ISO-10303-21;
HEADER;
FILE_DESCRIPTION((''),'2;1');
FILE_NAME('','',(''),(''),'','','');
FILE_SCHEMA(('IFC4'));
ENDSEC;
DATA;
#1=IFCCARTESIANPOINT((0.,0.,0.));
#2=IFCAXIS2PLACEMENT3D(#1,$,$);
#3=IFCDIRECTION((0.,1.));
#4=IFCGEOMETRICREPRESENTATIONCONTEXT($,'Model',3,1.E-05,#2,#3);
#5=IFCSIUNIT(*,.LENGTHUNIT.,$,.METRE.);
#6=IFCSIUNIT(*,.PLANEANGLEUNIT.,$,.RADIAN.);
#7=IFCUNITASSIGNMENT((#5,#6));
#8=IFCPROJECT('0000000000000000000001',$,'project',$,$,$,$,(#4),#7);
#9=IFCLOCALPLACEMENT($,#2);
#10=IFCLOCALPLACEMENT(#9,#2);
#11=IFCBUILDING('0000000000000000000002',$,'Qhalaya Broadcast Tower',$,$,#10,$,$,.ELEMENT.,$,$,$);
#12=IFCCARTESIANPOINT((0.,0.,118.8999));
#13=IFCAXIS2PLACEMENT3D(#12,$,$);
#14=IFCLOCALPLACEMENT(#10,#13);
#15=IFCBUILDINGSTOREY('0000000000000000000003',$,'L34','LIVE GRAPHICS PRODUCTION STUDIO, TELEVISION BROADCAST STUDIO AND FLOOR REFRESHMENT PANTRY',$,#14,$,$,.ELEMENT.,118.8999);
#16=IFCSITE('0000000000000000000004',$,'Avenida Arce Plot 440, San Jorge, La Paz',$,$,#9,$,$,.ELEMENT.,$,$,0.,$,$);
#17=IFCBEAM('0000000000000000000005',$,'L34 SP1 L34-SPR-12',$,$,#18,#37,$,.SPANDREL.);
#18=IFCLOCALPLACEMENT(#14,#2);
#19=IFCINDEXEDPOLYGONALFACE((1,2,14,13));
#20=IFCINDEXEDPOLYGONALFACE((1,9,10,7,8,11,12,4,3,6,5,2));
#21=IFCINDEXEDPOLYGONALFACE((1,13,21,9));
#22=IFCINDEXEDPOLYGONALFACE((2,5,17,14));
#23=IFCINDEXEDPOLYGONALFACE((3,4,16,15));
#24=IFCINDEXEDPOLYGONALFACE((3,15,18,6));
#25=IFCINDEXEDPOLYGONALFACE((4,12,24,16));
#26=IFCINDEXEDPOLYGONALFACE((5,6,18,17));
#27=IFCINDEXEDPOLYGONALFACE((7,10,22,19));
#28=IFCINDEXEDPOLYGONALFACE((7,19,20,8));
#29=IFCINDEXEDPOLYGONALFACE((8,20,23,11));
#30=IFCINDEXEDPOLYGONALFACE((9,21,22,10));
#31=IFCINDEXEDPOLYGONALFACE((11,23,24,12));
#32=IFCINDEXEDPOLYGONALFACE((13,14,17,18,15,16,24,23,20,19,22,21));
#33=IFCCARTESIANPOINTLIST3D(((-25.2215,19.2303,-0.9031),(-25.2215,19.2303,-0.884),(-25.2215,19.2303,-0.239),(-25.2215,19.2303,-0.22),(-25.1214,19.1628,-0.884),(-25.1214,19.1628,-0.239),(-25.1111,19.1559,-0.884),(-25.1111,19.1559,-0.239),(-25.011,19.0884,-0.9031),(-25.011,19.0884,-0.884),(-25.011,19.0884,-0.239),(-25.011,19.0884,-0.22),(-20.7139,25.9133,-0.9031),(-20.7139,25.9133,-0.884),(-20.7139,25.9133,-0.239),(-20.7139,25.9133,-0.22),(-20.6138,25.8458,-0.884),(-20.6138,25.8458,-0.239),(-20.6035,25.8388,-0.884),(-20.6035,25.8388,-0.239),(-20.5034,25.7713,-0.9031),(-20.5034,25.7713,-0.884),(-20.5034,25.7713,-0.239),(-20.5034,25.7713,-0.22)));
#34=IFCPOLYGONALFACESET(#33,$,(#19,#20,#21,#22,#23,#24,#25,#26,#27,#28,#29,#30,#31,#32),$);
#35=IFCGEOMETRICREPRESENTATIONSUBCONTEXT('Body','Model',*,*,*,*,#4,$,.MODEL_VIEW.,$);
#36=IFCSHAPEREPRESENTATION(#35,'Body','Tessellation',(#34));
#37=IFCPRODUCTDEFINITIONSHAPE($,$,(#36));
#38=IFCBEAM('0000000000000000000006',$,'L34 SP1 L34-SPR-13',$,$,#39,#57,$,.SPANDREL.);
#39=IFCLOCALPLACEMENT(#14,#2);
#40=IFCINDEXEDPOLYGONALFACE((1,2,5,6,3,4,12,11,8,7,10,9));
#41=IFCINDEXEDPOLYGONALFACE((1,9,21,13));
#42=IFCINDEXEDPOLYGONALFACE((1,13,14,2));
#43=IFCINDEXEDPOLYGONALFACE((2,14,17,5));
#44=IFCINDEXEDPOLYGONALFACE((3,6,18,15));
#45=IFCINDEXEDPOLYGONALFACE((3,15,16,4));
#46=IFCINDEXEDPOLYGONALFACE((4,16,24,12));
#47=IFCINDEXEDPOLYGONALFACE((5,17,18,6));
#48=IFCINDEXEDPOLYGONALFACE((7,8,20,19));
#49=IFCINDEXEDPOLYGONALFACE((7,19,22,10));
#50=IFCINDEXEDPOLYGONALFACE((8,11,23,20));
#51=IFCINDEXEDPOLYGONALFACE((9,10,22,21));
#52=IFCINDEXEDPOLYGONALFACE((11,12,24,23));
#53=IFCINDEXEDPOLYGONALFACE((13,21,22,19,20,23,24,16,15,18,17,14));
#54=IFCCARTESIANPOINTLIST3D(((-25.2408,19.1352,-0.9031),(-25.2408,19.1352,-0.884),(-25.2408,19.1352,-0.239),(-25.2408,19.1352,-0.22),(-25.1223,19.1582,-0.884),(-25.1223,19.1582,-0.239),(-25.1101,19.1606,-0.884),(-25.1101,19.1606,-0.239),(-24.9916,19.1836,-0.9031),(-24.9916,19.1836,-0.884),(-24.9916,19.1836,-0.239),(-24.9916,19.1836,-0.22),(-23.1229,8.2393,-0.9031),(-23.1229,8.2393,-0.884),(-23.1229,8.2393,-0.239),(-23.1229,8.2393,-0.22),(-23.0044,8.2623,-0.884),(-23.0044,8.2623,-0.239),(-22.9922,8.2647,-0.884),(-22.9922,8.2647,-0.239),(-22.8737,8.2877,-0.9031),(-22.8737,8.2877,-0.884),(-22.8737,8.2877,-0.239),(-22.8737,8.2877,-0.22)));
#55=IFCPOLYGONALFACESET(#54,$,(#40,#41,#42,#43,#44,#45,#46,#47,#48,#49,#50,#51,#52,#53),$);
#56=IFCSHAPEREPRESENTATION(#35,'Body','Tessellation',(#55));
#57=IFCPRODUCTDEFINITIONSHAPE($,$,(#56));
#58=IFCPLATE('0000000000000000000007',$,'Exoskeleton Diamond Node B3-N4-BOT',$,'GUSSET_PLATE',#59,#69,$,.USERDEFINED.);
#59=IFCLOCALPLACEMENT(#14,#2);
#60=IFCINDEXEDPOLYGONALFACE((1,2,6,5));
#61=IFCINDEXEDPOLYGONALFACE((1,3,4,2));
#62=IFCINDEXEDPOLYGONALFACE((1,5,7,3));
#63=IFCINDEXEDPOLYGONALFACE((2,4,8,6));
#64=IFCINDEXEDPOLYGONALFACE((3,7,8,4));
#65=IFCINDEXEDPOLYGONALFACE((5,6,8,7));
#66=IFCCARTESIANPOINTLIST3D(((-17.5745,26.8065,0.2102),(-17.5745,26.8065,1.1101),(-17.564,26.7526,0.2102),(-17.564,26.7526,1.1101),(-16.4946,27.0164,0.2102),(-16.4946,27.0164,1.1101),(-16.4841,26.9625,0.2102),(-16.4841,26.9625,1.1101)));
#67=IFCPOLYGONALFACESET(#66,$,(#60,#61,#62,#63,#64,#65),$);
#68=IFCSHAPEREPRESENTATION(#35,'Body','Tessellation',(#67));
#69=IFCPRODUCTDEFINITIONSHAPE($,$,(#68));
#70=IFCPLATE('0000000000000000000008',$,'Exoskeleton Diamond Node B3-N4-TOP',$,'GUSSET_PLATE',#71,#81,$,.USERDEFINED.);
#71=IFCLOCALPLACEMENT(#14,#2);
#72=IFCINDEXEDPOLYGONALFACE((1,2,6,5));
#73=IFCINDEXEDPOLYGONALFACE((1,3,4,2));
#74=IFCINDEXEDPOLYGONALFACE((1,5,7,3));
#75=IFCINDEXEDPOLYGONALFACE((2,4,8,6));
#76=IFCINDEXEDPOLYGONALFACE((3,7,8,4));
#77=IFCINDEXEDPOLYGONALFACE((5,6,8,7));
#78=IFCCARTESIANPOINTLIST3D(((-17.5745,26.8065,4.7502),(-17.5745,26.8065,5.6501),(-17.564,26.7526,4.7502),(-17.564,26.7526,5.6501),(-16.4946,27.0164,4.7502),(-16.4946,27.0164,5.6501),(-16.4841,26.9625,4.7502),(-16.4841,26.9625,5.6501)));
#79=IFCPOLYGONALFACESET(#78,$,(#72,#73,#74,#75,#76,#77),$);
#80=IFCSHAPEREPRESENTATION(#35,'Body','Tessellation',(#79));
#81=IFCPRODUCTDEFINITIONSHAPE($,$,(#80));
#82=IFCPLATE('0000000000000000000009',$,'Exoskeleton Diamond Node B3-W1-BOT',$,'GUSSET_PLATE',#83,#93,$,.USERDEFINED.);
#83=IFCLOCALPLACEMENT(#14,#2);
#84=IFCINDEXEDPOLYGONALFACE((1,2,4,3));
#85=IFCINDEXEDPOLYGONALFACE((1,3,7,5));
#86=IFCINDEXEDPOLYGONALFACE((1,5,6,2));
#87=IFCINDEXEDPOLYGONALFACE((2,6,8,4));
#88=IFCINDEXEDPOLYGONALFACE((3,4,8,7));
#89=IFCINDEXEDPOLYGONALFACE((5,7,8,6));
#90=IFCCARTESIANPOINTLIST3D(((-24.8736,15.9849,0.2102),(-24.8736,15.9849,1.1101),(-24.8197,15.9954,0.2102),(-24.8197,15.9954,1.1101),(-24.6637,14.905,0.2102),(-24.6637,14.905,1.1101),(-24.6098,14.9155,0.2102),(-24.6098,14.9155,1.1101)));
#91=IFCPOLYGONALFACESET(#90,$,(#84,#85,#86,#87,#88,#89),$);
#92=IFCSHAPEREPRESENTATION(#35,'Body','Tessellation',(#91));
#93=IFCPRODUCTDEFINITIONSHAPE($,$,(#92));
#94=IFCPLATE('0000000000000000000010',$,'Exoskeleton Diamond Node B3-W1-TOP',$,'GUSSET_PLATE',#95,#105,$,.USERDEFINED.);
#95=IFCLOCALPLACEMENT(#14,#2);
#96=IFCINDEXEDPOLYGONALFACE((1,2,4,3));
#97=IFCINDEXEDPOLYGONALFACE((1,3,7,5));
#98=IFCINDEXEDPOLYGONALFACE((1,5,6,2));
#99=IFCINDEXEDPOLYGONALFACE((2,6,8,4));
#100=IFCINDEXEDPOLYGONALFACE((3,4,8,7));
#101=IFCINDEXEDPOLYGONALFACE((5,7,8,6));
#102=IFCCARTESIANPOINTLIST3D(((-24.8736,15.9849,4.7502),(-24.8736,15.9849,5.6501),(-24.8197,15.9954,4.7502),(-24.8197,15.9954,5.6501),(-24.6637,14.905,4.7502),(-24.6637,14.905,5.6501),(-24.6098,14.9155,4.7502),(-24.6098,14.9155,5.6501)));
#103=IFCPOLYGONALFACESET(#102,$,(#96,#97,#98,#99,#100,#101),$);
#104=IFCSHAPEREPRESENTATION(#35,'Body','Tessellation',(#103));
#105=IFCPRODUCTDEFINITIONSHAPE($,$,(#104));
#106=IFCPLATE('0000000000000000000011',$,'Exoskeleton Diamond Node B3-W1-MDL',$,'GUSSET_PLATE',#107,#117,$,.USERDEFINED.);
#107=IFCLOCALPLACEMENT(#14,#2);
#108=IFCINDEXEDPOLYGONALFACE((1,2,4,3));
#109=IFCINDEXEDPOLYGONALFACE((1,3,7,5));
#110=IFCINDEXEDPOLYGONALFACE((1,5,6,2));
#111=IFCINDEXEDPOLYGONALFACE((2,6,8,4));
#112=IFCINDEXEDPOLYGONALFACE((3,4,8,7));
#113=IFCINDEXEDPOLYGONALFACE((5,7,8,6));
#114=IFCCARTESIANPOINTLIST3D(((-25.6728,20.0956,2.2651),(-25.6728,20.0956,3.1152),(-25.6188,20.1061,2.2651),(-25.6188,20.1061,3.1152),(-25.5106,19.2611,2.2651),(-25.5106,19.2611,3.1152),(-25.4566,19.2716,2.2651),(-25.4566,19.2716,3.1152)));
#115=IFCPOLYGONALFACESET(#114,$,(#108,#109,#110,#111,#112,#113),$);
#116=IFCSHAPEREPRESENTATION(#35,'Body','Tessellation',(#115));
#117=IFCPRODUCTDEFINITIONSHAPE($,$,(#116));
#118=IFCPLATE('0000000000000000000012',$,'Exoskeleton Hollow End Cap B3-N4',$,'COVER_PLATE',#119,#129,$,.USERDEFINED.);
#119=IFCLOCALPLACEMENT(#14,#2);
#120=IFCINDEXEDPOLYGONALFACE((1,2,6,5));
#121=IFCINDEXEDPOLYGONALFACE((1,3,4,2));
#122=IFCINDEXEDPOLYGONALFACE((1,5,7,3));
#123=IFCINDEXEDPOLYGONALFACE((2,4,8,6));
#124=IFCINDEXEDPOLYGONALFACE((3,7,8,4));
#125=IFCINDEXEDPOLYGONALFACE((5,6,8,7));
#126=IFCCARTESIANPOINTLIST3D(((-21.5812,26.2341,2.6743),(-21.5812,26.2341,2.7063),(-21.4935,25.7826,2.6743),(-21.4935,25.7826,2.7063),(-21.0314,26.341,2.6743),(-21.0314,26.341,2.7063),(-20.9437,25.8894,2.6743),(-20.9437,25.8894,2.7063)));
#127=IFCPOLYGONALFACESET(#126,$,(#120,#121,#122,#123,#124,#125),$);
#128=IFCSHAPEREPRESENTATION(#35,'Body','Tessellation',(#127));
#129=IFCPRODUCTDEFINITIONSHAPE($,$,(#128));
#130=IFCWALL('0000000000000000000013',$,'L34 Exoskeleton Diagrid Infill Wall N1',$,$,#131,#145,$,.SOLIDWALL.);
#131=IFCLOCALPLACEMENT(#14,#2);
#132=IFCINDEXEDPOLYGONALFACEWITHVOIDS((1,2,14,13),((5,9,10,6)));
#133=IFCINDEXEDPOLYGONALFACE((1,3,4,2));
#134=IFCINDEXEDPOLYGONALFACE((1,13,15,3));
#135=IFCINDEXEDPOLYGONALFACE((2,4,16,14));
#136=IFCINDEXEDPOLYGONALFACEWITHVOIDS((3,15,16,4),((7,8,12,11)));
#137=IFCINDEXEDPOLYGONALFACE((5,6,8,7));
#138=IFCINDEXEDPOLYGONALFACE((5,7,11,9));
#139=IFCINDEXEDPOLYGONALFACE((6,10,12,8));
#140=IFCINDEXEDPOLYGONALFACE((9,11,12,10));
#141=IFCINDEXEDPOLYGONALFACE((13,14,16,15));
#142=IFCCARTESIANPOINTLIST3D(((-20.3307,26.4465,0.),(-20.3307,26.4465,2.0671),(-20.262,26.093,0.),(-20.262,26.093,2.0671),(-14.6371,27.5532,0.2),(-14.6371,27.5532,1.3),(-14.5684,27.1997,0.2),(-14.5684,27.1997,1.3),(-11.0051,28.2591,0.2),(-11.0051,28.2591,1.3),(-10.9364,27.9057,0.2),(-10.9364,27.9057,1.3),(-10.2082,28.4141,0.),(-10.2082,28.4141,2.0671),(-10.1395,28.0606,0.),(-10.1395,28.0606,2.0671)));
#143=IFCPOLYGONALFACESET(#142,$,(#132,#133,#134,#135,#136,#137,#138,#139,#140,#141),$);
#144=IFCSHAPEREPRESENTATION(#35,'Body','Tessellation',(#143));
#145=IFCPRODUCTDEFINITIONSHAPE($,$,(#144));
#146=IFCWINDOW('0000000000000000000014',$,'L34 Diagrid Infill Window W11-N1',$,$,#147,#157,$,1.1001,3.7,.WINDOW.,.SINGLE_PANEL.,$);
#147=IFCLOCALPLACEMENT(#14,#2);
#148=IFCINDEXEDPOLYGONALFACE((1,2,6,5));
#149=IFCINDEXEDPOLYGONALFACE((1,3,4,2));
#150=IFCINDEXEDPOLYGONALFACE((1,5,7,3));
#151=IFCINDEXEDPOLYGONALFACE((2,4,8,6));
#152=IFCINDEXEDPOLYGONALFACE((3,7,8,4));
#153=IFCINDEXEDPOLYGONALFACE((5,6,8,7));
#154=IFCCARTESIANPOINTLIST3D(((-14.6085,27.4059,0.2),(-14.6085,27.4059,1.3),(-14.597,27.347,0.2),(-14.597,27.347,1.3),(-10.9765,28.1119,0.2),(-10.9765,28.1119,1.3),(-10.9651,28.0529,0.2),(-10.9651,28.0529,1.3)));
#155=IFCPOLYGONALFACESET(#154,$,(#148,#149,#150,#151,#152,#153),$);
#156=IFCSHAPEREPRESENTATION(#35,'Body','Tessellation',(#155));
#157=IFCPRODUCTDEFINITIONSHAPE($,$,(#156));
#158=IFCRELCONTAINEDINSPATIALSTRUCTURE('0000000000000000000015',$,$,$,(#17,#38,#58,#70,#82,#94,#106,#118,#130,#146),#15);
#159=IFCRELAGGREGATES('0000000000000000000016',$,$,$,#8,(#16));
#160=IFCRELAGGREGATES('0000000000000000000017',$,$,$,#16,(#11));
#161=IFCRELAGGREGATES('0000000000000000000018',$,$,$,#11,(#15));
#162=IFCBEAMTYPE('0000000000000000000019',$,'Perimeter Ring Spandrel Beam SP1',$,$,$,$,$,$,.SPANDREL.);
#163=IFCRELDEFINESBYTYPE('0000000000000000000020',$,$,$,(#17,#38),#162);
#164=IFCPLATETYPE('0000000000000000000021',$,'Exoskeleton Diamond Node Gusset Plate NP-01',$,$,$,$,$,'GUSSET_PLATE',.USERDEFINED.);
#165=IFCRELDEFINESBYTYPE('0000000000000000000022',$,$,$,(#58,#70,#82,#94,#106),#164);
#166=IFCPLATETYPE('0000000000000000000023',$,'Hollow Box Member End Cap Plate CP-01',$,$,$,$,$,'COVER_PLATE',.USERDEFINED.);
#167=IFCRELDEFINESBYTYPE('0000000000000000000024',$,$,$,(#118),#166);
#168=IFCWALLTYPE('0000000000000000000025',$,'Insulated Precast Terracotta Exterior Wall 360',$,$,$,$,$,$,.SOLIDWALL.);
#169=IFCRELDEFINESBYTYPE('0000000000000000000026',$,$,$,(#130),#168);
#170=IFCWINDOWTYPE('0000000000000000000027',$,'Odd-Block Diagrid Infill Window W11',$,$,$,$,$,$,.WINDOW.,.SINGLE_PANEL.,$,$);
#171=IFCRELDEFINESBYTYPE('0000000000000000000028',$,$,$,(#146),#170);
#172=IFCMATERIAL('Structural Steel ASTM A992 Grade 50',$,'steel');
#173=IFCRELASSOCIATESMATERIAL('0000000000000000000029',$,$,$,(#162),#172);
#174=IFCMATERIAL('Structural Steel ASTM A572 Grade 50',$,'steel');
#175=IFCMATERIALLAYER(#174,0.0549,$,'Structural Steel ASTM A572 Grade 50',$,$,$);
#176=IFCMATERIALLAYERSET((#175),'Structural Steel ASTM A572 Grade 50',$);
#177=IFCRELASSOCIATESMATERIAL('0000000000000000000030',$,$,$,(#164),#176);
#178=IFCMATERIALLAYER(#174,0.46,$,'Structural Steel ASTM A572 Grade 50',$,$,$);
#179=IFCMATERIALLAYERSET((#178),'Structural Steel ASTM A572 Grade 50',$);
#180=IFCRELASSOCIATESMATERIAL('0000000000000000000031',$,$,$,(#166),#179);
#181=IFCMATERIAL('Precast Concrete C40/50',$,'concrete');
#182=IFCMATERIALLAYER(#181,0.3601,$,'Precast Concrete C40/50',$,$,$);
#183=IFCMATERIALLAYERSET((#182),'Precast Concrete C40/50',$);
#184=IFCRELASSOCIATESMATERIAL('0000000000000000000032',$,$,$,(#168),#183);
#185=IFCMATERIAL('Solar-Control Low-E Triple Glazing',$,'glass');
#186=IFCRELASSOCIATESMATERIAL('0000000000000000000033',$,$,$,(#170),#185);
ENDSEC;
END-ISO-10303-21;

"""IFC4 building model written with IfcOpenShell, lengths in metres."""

from ifc_helpers import new_model, si_unit, direction, frame, frame_2d, origin, origin_2d, place, context, subcontext, project, spatial, rectangle, i_section, extrude, material, layer, layer_set, material_profile, profile_set, type_object, element, fill, save


model = new_model("IFC4")

# Units and contexts
model_context = context("Model", 3, precision=1e-05, world=origin(), true_north=direction((0.0, 1.0)))
body_context = subcontext(model_context, "Body", "Model", "MODEL_VIEW")
ifc_project = project(units=[si_unit("LENGTHUNIT", "METRE"), si_unit("PLANEANGLEUNIT", "RADIAN")], contexts=[model_context])

# Site, building, storey
site_placement = place(None, origin())
site = spatial("IfcSite", under=ifc_project, at=site_placement, Name="Avenida Arce Plot 440, San Jorge, La Paz", CompositionType="ELEMENT", RefElevation=0.0)
building_placement = place(site_placement, origin())
building = spatial("IfcBuilding", under=site, at=building_placement, Name="Qhalaya Broadcast Tower", CompositionType="ELEMENT")
storey_placement = place(building_placement, frame((0.0, 0.0, 118.8999)))
storey = spatial("IfcBuildingStorey", under=building, at=storey_placement, Name="L34", Description="LIVE GRAPHICS PRODUCTION STUDIO, TELEVISION BROADCAST STUDIO AND FLOOR REFRESHMENT PANTRY", CompositionType="ELEMENT", Elevation=118.8999)

# Shared definitions
ifc_material_1 = material(Name="Structural Steel ASTM A572 Grade 50", Category="steel")

# Shared definitions
ifc_material_2 = material(Name="Structural Steel ASTM A992 Grade 50", Category="steel")

# Beams
ifc_material_profile_1 = material_profile(ifc_material_2, i_section(OverallWidth=0.2539, OverallDepth=0.6831, WebThickness=0.0125, FlangeThickness=0.019, at=origin_2d()), Name="W27X94")
ifc_profile_set_1 = profile_set([ifc_material_profile_1], Name="Structural Steel ASTM A992 Grade 50")
beam_type_1 = type_object("IfcBeamType", Name="Perimeter Ring Spandrel Beam SP1", PredefinedType="SPANDREL", material=ifc_profile_set_1)
beam_1_placement = place(storey_placement, frame((-20.6086, 25.8423, -0.5615), z_axis=(-0.559186, -0.829042, 0.0), x_axis=(0.829042, -0.559186, 0.0)))
element("IfcBeam", 1, at=beam_1_placement, inside=storey, type_object=beam_type_1, Name="L34 SP1 L34-SPR-12", PredefinedType="SPANDREL", context=body_context, shape_type="SweptSolid", body=[
    extrude(i_section(OverallWidth=0.2539, OverallDepth=0.6831, WebThickness=0.0125, FlangeThickness=0.019, at=origin_2d()), origin(), (0.0, 0.0, 1.0), 8.061),
])
beam_2_placement = place(storey_placement, frame((-25.1162, 19.1594, -0.5615), z_axis=(0.190805, -0.981628, 0.0), x_axis=(0.981628, 0.190805, 0.0)))
element("IfcBeam", 2, at=beam_2_placement, inside=storey, type_object=beam_type_1, Name="L34 SP1 L34-SPR-13", PredefinedType="SPANDREL", context=body_context, shape_type="SweptSolid", body=[
    extrude(i_section(OverallWidth=0.2539, OverallDepth=0.6831, WebThickness=0.0125, FlangeThickness=0.019, at=origin_2d()), origin(), (0.0, 0.0, 1.0), 11.0999),
])

# Plates
ifc_layer_1 = layer(ifc_material_1, 0.0549, Name="Structural Steel ASTM A572 Grade 50")
ifc_layer_set_1 = layer_set([ifc_layer_1], Name="Structural Steel ASTM A572 Grade 50")
plate_type_1 = type_object("IfcPlateType", Name="Exoskeleton Diamond Node Gusset Plate NP-01", ElementType="GUSSET_PLATE", PredefinedType="USERDEFINED", material=ifc_layer_set_1)
for number, where, z_axis, x_axis, name in (
    (3, (-17.0293, 26.8845, 0.2102), (0.0, 0.0, 1.0), (0.981627, 0.190809, 0.0), "Exoskeleton Diamond Node B3-N4-BOT"),
    (4, (-17.0293, 26.8845, 4.7502), (0.0, 0.0, 1.0), (0.981627, 0.190809, 0.0), "Exoskeleton Diamond Node B3-N4-TOP"),
    (5, (-24.7417, 15.4502, 0.2102), (0.0, 0.0, 1.0), (-0.190809, 0.981627, 0.0), "Exoskeleton Diamond Node B3-W1-BOT"),
    (6, (-24.7417, 15.4502, 4.7502), (0.0, 0.0, 1.0), (-0.190809, 0.981627, 0.0), "Exoskeleton Diamond Node B3-W1-TOP"),
):
    element("IfcPlate", number, at=place(storey_placement, frame(where, z_axis=z_axis, x_axis=x_axis)), inside=storey, type_object=plate_type_1, Name=name, ObjectType="GUSSET_PLATE", PredefinedType="USERDEFINED", context=body_context, shape_type="SweptSolid", body=[
        extrude(rectangle(XDim=1.1001, YDim=0.0549, at=origin_2d()), origin(), (0.0, 0.0, 1.0), 0.8999),
    ])
plate_1_placement = place(storey_placement, frame((-25.5647, 19.6836, 2.2651), z_axis=(0.0, 0.0, 1.0), x_axis=(-0.190809, 0.981627, 0.0)))
element("IfcPlate", 7, at=plate_1_placement, inside=storey, type_object=plate_type_1, Name="Exoskeleton Diamond Node B3-W1-MDL", ObjectType="GUSSET_PLATE", PredefinedType="USERDEFINED", context=body_context, shape_type="SweptSolid", body=[
    extrude(rectangle(XDim=0.8501, YDim=0.0549, at=origin_2d()), origin(), (0.0, 0.0, 1.0), 0.8501),
])
ifc_layer_2 = layer(ifc_material_1, 0.46, Name="Structural Steel ASTM A572 Grade 50")
ifc_layer_set_2 = layer_set([ifc_layer_2], Name="Structural Steel ASTM A572 Grade 50")
plate_type_2 = type_object("IfcPlateType", Name="Hollow Box Member End Cap Plate CP-01", ElementType="COVER_PLATE", PredefinedType="USERDEFINED", material=ifc_layer_set_2)
plate_2_placement = place(storey_placement, frame((-21.2625, 26.0618, 2.6743), z_axis=(0.0, 0.0, 1.0), x_axis=(0.981627, 0.190809, 0.0)))
element("IfcPlate", 8, at=plate_2_placement, inside=storey, type_object=plate_type_2, Name="Exoskeleton Hollow End Cap B3-N4", ObjectType="COVER_PLATE", PredefinedType="USERDEFINED", context=body_context, shape_type="SweptSolid", body=[
    extrude(rectangle(XDim=0.5601, YDim=0.46, at=origin_2d()), origin(), (0.0, 0.0, 1.0), 0.032),
])

# Wall, opening, window
ifc_material_3 = material(Name="Precast Concrete C40/50", Category="concrete")
ifc_layer_3 = layer(ifc_material_3, 0.3601, Name="Precast Concrete C40/50")
ifc_layer_set_3 = layer_set([ifc_layer_3], Name="Precast Concrete C40/50")
wall_type = type_object("IfcWallType", Name="Insulated Precast Terracotta Exterior Wall 360", PredefinedType="SOLIDWALL", material=ifc_layer_set_3)
wall_placement = place(storey_placement, frame((-20.2964, 26.2698, 0.0), z_axis=(0.0, 0.0, 1.0), x_axis=(0.981629, 0.1908, 0.0)))
wall = element("IfcWall", 9, at=wall_placement, inside=storey, type_object=wall_type, Name="L34 Exoskeleton Diagrid Infill Wall N1", PredefinedType="SOLIDWALL", context=body_context, shape_type="SweptSolid", body=[
    extrude(rectangle(XDim=10.312, YDim=0.3601, at=frame_2d((5.156, 0.0))), origin(), (0.0, 0.0, 1.0), 2.0671),
])
opening_placement = place(wall_placement, frame((5.8, 0.0, 0.2)))
opening = element("IfcOpeningElement", 10, at=opening_placement, cuts=wall, PredefinedType="OPENING", context=body_context, shape_type="SweptSolid", body=[
    extrude(rectangle(XDim=3.7, YDim=1.1001, at=frame_2d((1.8501, 0.55))), frame((0.0, 0.1921, 0.0), z_axis=(0.0, -1.0, 0.0), x_axis=(1.0, 0.0, 0.0)), (0.0, 0.0, 1.0), 0.384),
])
ifc_material_4 = material(Name="Solar-Control Low-E Triple Glazing", Category="glass")
window_type = type_object("IfcWindowType", Name="Odd-Block Diagrid Infill Window W11", PartitioningType="SINGLE_PANEL", PredefinedType="WINDOW", material=ifc_material_4)
window_placement = place(opening_placement, origin())
window = element("IfcWindow", 11, at=window_placement, inside=storey, type_object=window_type, Name="L34 Diagrid Infill Window W11-N1", OverallHeight=1.1001, OverallWidth=3.7, PartitioningType="SINGLE_PANEL", PredefinedType="WINDOW", context=body_context, shape_type="SweptSolid", body=[
    extrude(rectangle(XDim=3.7, YDim=1.1001, at=frame_2d((1.8501, 0.55))), frame((0.0, 0.03, 0.0), z_axis=(0.0, -1.0, 0.0), x_axis=(1.0, 0.0, 0.0)), (0.0, 0.0, 1.0), 0.0601),
])
fill(opening, window)

save(model, "model.ifc")
